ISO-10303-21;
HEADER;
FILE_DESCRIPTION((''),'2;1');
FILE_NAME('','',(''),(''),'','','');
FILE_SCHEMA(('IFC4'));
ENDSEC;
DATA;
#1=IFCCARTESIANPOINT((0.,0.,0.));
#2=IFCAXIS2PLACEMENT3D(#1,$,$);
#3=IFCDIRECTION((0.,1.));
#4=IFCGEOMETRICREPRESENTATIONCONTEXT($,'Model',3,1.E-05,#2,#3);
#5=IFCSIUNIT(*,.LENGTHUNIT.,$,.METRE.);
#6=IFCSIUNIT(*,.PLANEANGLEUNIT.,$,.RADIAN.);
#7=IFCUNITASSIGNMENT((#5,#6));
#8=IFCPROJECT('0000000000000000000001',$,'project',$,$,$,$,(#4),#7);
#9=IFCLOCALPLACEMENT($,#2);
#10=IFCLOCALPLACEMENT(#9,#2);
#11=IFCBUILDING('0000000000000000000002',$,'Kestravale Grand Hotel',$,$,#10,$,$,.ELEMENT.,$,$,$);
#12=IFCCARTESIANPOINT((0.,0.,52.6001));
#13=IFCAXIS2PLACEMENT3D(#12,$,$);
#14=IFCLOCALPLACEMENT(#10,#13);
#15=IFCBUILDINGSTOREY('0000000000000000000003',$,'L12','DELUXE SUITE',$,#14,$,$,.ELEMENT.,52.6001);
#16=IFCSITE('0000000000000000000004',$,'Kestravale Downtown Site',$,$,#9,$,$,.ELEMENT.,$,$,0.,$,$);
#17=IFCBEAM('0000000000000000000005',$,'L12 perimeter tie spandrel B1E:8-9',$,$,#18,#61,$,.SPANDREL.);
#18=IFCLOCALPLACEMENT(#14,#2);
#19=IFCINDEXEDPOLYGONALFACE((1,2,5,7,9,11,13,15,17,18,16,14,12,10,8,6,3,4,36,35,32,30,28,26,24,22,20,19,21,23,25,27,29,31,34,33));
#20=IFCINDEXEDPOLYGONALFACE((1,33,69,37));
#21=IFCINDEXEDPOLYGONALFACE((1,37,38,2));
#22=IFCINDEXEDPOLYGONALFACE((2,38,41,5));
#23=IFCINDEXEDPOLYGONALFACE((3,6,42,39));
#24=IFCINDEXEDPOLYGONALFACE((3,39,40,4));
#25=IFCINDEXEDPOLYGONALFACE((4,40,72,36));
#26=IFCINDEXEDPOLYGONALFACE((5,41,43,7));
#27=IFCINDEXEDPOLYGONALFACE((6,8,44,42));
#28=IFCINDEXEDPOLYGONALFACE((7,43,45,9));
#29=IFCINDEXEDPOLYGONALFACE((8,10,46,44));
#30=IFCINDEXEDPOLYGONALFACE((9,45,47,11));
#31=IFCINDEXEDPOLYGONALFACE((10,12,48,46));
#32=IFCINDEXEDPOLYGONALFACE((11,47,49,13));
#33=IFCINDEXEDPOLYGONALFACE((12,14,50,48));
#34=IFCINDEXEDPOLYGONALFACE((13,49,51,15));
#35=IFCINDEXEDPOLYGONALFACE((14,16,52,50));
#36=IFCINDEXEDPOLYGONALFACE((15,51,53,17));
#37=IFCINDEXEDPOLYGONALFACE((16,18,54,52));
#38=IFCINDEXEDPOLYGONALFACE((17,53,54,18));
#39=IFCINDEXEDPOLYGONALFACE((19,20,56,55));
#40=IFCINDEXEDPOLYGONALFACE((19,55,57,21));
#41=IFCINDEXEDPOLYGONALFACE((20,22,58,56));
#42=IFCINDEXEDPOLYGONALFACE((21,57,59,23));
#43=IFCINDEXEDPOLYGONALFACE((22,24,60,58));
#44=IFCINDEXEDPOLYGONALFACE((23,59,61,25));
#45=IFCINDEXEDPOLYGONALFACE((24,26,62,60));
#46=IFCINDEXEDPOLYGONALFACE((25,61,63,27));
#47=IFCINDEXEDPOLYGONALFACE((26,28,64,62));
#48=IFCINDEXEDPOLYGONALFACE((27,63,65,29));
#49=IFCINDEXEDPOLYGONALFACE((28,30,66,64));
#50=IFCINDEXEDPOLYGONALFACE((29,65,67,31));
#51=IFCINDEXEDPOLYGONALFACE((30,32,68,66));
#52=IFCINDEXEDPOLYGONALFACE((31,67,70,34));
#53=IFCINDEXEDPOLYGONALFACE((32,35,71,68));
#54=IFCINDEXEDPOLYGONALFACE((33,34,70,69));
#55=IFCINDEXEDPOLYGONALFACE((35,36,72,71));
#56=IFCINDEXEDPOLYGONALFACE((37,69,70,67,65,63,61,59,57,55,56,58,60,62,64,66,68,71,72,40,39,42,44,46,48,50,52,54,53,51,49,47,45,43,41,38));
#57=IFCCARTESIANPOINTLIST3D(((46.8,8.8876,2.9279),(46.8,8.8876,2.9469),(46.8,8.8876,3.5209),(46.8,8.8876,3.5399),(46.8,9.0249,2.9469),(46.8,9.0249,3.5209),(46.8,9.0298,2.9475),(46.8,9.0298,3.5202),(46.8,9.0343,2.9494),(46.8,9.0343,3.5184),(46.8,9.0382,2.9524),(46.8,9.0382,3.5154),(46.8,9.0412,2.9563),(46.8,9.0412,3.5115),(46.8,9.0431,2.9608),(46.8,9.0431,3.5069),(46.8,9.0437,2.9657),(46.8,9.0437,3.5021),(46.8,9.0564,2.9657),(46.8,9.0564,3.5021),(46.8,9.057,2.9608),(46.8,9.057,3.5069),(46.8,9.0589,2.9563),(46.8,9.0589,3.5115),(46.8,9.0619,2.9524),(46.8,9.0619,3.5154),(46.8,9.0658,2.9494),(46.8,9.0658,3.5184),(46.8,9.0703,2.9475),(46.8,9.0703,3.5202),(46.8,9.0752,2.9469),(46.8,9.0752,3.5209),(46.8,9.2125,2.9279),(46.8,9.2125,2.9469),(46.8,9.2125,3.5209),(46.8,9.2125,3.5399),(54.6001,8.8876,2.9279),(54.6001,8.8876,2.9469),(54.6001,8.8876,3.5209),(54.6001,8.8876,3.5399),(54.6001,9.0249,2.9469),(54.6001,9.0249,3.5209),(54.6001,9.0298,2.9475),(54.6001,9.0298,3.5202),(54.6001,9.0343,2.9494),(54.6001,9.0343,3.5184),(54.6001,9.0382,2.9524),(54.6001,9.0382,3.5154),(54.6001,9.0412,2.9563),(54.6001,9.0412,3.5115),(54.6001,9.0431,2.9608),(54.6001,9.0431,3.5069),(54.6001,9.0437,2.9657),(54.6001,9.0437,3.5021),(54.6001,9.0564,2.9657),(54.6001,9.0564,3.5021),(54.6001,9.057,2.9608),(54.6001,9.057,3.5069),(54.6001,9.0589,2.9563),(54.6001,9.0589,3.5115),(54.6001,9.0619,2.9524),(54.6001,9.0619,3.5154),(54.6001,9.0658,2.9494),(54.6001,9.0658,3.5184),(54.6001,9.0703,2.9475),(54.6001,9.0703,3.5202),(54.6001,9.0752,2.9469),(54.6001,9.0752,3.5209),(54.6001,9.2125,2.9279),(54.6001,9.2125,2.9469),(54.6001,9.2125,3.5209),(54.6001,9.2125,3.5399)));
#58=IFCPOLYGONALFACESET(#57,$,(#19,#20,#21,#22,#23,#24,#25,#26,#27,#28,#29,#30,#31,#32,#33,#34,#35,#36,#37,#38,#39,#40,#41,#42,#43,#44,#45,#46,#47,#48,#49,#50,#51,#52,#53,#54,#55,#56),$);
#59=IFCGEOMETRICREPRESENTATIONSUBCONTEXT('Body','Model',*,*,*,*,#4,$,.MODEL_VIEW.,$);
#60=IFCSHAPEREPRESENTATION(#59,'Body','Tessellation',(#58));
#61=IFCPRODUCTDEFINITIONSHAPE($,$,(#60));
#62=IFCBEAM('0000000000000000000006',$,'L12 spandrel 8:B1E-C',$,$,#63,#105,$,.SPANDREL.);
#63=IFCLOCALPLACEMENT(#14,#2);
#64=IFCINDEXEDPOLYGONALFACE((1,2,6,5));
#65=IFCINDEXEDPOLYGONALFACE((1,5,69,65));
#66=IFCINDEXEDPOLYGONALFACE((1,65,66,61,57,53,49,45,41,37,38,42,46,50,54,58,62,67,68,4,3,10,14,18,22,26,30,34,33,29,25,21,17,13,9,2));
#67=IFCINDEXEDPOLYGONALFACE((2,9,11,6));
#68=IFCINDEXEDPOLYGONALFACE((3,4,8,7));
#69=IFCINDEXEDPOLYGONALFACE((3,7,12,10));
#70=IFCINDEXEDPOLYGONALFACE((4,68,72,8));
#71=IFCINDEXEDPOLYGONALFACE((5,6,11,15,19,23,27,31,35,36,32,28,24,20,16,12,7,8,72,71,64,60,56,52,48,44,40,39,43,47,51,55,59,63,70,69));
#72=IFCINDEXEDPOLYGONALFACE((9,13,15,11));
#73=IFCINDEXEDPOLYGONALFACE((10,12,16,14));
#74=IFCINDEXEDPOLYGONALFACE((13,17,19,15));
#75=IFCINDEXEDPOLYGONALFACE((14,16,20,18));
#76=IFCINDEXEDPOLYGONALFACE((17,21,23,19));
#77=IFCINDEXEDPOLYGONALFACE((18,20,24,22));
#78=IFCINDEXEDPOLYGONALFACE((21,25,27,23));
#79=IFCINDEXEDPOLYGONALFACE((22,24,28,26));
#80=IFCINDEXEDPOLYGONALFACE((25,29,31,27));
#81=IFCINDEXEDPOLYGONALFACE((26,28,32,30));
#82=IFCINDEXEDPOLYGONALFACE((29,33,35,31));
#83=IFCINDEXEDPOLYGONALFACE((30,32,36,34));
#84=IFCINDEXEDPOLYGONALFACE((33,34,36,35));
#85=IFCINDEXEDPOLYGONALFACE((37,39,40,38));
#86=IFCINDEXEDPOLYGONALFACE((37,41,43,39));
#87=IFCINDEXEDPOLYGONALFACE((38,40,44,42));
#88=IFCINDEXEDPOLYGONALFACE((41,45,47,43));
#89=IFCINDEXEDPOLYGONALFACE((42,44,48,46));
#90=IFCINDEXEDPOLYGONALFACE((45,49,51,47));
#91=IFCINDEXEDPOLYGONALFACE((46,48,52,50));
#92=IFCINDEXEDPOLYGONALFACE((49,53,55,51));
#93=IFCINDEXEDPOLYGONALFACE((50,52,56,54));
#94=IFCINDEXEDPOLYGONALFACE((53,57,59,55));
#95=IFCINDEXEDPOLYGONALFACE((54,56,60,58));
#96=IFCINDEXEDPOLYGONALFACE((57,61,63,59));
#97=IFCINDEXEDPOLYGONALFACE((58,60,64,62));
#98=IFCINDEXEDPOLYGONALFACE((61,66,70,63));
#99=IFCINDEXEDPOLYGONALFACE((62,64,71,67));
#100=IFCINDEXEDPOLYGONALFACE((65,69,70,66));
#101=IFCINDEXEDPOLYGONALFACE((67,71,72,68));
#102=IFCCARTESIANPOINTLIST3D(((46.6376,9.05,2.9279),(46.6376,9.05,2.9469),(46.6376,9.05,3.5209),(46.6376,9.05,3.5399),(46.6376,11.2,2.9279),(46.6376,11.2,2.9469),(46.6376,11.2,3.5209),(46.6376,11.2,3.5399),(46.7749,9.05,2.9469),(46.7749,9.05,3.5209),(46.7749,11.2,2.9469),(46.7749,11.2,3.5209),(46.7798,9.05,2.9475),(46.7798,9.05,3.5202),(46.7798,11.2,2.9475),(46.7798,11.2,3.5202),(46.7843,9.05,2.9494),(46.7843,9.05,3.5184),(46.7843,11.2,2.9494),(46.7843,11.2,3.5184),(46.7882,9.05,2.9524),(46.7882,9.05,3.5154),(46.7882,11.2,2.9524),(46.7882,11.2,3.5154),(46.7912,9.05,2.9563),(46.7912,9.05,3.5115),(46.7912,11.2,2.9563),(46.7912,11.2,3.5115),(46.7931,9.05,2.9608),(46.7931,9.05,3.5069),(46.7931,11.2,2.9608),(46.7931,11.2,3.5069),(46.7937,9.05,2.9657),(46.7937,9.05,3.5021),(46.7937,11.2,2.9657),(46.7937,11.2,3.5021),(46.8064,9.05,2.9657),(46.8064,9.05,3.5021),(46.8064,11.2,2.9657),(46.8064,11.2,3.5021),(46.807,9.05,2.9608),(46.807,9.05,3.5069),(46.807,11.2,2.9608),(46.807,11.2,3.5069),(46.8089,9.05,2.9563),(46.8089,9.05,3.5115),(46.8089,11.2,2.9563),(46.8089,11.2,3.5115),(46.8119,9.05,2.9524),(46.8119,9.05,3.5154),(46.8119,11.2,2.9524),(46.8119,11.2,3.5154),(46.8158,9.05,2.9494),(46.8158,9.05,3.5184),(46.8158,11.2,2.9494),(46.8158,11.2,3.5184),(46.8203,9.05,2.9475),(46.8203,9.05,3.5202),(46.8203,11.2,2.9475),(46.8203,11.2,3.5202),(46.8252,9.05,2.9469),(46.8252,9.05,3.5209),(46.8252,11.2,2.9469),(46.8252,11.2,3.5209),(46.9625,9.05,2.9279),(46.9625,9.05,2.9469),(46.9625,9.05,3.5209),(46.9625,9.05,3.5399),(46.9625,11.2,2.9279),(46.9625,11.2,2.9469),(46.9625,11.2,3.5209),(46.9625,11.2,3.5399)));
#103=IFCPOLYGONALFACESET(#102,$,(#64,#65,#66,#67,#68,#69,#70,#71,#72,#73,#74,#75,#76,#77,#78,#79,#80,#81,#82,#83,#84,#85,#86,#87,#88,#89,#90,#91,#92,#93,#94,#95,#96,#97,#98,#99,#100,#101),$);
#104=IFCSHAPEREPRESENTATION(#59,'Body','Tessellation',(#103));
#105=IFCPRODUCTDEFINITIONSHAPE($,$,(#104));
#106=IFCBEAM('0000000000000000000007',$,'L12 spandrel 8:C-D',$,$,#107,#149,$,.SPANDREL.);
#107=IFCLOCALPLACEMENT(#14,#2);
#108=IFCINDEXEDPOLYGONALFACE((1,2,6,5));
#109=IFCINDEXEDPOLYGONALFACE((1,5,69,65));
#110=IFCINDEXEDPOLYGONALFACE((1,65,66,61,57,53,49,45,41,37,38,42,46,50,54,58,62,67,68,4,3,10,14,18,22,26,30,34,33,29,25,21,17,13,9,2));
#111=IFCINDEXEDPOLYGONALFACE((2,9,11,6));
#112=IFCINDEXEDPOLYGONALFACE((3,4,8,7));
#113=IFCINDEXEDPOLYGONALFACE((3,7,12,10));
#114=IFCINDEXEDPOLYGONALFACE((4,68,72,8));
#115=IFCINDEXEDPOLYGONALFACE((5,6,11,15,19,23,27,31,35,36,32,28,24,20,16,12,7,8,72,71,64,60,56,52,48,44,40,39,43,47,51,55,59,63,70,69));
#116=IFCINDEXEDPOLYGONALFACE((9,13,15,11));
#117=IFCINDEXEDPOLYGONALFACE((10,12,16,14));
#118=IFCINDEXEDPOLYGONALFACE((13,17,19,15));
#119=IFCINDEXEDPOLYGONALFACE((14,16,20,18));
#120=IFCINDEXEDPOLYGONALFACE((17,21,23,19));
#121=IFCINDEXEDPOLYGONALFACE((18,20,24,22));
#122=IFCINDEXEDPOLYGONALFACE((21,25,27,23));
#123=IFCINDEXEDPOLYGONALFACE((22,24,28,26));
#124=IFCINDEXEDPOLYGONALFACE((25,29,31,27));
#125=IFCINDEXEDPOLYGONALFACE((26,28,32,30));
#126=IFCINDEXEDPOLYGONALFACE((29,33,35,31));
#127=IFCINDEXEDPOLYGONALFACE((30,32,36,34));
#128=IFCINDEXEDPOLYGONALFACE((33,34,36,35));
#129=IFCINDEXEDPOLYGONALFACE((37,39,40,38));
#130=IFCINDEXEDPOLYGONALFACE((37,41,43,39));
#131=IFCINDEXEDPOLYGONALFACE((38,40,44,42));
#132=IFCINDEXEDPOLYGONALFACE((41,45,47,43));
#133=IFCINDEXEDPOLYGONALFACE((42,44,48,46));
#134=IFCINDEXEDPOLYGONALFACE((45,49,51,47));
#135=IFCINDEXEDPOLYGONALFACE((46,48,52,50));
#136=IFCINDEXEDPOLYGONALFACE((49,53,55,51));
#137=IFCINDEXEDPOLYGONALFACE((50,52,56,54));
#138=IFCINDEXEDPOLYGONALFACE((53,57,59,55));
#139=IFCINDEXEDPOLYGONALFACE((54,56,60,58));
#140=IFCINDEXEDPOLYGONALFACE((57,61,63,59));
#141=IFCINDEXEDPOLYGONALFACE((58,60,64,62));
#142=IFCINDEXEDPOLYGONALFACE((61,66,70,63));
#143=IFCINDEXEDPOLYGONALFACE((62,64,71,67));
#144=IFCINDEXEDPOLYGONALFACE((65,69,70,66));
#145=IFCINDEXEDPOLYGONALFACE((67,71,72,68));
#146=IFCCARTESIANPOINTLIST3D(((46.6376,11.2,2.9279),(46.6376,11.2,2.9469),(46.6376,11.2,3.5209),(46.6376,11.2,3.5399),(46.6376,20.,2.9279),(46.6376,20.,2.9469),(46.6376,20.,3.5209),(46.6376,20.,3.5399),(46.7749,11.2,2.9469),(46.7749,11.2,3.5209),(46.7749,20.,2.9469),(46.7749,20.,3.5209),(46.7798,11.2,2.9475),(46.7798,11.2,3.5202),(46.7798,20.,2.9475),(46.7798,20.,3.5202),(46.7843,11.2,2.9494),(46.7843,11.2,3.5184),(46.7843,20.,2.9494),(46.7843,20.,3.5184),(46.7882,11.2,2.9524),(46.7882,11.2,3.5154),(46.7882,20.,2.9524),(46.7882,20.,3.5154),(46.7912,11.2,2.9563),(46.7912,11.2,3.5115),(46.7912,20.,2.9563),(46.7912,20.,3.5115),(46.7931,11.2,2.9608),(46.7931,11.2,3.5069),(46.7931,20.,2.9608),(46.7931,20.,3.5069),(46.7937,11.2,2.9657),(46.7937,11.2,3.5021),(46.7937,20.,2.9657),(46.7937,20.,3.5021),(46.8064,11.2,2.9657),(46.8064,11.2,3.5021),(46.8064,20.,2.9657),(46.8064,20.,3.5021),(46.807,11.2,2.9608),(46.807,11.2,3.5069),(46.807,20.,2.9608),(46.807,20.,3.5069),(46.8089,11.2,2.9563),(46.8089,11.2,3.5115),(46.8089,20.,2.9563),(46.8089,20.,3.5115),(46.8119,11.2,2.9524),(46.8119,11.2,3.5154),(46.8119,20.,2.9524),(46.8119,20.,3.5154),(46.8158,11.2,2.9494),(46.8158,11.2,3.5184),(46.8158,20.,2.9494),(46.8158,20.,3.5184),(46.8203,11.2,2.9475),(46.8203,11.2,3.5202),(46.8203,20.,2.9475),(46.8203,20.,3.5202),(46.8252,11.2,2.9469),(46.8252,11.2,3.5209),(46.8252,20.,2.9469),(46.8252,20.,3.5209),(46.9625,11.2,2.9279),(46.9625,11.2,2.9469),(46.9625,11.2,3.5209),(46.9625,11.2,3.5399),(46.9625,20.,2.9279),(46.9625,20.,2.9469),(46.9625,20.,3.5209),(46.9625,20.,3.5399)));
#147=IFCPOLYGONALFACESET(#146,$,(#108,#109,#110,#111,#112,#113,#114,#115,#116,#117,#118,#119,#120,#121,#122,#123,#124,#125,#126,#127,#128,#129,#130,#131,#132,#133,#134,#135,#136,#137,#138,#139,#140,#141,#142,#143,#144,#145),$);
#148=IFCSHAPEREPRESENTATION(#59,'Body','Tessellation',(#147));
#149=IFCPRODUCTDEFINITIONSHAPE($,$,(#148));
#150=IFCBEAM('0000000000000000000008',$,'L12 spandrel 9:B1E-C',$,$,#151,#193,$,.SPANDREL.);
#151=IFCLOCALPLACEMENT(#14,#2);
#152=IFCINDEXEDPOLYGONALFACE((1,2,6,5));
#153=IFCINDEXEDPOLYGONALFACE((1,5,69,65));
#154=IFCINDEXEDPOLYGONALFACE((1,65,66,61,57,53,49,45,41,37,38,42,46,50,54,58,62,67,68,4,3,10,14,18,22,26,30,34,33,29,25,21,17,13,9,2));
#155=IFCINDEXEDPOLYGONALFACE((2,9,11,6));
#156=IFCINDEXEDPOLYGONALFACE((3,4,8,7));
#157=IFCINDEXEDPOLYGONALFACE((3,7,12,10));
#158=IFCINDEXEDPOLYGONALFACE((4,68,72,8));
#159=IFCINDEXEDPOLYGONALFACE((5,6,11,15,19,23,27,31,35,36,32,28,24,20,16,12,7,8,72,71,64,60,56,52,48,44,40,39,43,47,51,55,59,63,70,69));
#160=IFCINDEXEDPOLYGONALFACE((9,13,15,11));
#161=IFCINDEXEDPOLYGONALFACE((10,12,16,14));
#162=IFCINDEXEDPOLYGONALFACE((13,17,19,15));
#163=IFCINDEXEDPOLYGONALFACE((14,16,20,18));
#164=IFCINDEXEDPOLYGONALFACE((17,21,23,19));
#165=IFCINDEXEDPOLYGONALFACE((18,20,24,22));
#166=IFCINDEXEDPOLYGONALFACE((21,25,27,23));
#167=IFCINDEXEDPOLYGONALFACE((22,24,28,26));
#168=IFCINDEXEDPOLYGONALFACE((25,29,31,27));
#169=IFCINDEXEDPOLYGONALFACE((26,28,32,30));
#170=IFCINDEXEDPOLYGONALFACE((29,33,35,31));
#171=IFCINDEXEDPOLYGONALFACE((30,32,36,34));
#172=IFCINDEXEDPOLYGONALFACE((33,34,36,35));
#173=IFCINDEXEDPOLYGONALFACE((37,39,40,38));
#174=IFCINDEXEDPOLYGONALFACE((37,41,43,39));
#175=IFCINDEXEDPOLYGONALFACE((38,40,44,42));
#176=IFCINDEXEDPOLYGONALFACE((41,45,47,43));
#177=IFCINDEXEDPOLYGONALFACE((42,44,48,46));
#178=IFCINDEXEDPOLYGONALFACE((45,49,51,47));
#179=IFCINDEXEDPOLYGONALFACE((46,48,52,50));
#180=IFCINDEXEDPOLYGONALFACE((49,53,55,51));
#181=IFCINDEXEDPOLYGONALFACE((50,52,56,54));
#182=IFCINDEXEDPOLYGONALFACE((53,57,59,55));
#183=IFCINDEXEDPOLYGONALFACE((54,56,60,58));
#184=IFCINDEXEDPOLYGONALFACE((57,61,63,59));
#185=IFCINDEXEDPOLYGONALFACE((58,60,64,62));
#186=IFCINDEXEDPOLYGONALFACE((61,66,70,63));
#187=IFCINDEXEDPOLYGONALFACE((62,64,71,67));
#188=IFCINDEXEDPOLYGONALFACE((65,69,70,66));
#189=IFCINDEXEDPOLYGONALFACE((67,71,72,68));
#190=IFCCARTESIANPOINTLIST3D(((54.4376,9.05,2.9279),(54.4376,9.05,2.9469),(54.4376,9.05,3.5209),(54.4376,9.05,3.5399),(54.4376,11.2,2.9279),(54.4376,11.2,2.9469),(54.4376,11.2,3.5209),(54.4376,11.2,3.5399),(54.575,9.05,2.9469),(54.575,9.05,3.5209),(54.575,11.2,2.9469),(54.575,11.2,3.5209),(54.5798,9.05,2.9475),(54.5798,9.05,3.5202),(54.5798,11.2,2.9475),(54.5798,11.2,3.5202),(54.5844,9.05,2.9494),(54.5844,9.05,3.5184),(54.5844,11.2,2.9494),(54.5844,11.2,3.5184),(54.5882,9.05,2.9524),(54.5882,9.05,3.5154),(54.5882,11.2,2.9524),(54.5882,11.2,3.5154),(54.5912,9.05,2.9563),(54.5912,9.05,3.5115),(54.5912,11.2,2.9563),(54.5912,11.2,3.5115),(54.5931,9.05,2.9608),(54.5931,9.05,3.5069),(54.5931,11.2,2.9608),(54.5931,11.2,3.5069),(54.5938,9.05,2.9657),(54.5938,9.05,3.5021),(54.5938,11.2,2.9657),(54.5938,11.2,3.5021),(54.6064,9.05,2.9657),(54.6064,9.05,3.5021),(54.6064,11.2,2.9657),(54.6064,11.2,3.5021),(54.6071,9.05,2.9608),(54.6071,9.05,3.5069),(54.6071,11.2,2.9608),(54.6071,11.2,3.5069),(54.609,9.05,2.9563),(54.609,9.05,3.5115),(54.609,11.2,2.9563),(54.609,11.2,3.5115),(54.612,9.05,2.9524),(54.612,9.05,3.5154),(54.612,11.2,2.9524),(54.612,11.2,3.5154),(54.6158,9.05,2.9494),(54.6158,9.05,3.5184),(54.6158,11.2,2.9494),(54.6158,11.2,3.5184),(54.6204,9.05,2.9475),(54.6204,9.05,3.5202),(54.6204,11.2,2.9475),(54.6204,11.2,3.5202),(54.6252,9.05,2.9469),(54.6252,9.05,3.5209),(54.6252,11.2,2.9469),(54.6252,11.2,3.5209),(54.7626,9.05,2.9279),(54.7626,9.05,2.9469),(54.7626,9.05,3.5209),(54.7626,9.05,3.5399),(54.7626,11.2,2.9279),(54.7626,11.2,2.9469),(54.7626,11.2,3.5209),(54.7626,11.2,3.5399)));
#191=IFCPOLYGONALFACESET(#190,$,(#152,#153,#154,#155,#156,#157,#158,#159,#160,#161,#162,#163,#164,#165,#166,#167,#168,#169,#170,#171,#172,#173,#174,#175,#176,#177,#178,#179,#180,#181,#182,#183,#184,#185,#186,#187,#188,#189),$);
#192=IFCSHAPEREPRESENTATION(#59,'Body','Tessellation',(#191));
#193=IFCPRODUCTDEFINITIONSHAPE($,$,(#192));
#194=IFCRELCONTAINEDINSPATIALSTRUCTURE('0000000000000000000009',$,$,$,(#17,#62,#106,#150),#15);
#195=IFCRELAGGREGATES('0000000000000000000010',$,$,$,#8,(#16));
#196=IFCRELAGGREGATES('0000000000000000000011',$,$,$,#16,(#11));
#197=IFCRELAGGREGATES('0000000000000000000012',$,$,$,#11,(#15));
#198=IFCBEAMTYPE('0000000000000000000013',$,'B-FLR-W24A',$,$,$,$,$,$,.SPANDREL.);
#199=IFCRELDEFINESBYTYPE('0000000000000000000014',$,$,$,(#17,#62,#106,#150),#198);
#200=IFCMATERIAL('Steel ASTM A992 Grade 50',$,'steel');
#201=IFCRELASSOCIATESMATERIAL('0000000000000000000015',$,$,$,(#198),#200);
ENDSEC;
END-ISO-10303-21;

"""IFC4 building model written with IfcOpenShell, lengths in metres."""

from ifc_helpers import new_model, si_unit, direction, frame, origin, origin_2d, place, context, subcontext, project, spatial, i_section, extrude, material, material_profile, profile_set, type_object, element, save


model = new_model("IFC4")

# Units and contexts
model_context = context("Model", 3, precision=1e-05, world=origin(), true_north=direction((0.0, 1.0)))
body_context = subcontext(model_context, "Body", "Model", "MODEL_VIEW")
ifc_project = project(units=[si_unit("LENGTHUNIT", "METRE"), si_unit("PLANEANGLEUNIT", "RADIAN")], contexts=[model_context])

# Site, building, storey
site_placement = place(None, origin())
site = spatial("IfcSite", under=ifc_project, at=site_placement, Name="Kestravale Downtown Site", CompositionType="ELEMENT", RefElevation=0.0)
building_placement = place(site_placement, origin())
building = spatial("IfcBuilding", under=site, at=building_placement, Name="Kestravale Grand Hotel", CompositionType="ELEMENT")
storey_placement = place(building_placement, frame((0.0, 0.0, 52.6001)))
storey = spatial("IfcBuildingStorey", under=building, at=storey_placement, Name="L12", Description="DELUXE SUITE", CompositionType="ELEMENT", Elevation=52.6001)

# Beams
ifc_material_1 = material(Name="Steel ASTM A992 Grade 50", Category="steel")
ifc_material_profile_1 = material_profile(ifc_material_1, i_section(OverallWidth=0.325, OverallDepth=0.6121, WebThickness=0.0127, FlangeThickness=0.019, FilletRadius=0.0188, at=origin_2d()))
ifc_profile_set_1 = profile_set([ifc_material_profile_1], Name="Steel ASTM A992 Grade 50")
beam_type_1 = type_object("IfcBeamType", Name="B-FLR-W24A", PredefinedType="SPANDREL", material=ifc_profile_set_1)
beam_1_placement = place(storey_placement, frame((46.8, 9.05, 3.2339), z_axis=(1.0, 0.0, 0.0), x_axis=(0.0, 1.0, 0.0)))
element("IfcBeam", 1, at=beam_1_placement, inside=storey, type_object=beam_type_1, Name="L12 perimeter tie spandrel B1E:8-9", PredefinedType="SPANDREL", context=body_context, shape_type="SweptSolid", body=[
    extrude(i_section(OverallWidth=0.325, OverallDepth=0.6121, WebThickness=0.0127, FlangeThickness=0.019, FilletRadius=0.0188, at=origin_2d()), origin(), (0.0, 0.0, 1.0), 7.8),
])
beam_2_placement = place(storey_placement, frame((46.8, 9.05, 3.2339), z_axis=(0.0, 1.0, 0.0), x_axis=(-1.0, 0.0, 0.0)))
element("IfcBeam", 2, at=beam_2_placement, inside=storey, type_object=beam_type_1, Name="L12 spandrel 8:B1E-C", PredefinedType="SPANDREL", context=body_context, shape_type="SweptSolid", body=[
    extrude(i_section(OverallWidth=0.325, OverallDepth=0.6121, WebThickness=0.0127, FlangeThickness=0.019, FilletRadius=0.0188, at=origin_2d()), origin(), (0.0, 0.0, 1.0), 2.1499),
])
beam_3_placement = place(storey_placement, frame((46.8, 11.2, 3.2339), z_axis=(0.0, 1.0, 0.0), x_axis=(-1.0, 0.0, 0.0)))
element("IfcBeam", 3, at=beam_3_placement, inside=storey, type_object=beam_type_1, Name="L12 spandrel 8:C-D", PredefinedType="SPANDREL", context=body_context, shape_type="SweptSolid", body=[
    extrude(i_section(OverallWidth=0.325, OverallDepth=0.6121, WebThickness=0.0127, FlangeThickness=0.019, FilletRadius=0.0188, at=origin_2d()), origin(), (0.0, 0.0, 1.0), 8.8),
])
beam_4_placement = place(storey_placement, frame((54.6001, 9.05, 3.2339), z_axis=(0.0, 1.0, 0.0), x_axis=(-1.0, 0.0, 0.0)))
element("IfcBeam", 4, at=beam_4_placement, inside=storey, type_object=beam_type_1, Name="L12 spandrel 9:B1E-C", PredefinedType="SPANDREL", context=body_context, shape_type="SweptSolid", body=[
    extrude(i_section(OverallWidth=0.325, OverallDepth=0.6121, WebThickness=0.0127, FlangeThickness=0.019, FilletRadius=0.0188, at=origin_2d()), origin(), (0.0, 0.0, 1.0), 2.1499),
])

save(model, "model.ifc")
